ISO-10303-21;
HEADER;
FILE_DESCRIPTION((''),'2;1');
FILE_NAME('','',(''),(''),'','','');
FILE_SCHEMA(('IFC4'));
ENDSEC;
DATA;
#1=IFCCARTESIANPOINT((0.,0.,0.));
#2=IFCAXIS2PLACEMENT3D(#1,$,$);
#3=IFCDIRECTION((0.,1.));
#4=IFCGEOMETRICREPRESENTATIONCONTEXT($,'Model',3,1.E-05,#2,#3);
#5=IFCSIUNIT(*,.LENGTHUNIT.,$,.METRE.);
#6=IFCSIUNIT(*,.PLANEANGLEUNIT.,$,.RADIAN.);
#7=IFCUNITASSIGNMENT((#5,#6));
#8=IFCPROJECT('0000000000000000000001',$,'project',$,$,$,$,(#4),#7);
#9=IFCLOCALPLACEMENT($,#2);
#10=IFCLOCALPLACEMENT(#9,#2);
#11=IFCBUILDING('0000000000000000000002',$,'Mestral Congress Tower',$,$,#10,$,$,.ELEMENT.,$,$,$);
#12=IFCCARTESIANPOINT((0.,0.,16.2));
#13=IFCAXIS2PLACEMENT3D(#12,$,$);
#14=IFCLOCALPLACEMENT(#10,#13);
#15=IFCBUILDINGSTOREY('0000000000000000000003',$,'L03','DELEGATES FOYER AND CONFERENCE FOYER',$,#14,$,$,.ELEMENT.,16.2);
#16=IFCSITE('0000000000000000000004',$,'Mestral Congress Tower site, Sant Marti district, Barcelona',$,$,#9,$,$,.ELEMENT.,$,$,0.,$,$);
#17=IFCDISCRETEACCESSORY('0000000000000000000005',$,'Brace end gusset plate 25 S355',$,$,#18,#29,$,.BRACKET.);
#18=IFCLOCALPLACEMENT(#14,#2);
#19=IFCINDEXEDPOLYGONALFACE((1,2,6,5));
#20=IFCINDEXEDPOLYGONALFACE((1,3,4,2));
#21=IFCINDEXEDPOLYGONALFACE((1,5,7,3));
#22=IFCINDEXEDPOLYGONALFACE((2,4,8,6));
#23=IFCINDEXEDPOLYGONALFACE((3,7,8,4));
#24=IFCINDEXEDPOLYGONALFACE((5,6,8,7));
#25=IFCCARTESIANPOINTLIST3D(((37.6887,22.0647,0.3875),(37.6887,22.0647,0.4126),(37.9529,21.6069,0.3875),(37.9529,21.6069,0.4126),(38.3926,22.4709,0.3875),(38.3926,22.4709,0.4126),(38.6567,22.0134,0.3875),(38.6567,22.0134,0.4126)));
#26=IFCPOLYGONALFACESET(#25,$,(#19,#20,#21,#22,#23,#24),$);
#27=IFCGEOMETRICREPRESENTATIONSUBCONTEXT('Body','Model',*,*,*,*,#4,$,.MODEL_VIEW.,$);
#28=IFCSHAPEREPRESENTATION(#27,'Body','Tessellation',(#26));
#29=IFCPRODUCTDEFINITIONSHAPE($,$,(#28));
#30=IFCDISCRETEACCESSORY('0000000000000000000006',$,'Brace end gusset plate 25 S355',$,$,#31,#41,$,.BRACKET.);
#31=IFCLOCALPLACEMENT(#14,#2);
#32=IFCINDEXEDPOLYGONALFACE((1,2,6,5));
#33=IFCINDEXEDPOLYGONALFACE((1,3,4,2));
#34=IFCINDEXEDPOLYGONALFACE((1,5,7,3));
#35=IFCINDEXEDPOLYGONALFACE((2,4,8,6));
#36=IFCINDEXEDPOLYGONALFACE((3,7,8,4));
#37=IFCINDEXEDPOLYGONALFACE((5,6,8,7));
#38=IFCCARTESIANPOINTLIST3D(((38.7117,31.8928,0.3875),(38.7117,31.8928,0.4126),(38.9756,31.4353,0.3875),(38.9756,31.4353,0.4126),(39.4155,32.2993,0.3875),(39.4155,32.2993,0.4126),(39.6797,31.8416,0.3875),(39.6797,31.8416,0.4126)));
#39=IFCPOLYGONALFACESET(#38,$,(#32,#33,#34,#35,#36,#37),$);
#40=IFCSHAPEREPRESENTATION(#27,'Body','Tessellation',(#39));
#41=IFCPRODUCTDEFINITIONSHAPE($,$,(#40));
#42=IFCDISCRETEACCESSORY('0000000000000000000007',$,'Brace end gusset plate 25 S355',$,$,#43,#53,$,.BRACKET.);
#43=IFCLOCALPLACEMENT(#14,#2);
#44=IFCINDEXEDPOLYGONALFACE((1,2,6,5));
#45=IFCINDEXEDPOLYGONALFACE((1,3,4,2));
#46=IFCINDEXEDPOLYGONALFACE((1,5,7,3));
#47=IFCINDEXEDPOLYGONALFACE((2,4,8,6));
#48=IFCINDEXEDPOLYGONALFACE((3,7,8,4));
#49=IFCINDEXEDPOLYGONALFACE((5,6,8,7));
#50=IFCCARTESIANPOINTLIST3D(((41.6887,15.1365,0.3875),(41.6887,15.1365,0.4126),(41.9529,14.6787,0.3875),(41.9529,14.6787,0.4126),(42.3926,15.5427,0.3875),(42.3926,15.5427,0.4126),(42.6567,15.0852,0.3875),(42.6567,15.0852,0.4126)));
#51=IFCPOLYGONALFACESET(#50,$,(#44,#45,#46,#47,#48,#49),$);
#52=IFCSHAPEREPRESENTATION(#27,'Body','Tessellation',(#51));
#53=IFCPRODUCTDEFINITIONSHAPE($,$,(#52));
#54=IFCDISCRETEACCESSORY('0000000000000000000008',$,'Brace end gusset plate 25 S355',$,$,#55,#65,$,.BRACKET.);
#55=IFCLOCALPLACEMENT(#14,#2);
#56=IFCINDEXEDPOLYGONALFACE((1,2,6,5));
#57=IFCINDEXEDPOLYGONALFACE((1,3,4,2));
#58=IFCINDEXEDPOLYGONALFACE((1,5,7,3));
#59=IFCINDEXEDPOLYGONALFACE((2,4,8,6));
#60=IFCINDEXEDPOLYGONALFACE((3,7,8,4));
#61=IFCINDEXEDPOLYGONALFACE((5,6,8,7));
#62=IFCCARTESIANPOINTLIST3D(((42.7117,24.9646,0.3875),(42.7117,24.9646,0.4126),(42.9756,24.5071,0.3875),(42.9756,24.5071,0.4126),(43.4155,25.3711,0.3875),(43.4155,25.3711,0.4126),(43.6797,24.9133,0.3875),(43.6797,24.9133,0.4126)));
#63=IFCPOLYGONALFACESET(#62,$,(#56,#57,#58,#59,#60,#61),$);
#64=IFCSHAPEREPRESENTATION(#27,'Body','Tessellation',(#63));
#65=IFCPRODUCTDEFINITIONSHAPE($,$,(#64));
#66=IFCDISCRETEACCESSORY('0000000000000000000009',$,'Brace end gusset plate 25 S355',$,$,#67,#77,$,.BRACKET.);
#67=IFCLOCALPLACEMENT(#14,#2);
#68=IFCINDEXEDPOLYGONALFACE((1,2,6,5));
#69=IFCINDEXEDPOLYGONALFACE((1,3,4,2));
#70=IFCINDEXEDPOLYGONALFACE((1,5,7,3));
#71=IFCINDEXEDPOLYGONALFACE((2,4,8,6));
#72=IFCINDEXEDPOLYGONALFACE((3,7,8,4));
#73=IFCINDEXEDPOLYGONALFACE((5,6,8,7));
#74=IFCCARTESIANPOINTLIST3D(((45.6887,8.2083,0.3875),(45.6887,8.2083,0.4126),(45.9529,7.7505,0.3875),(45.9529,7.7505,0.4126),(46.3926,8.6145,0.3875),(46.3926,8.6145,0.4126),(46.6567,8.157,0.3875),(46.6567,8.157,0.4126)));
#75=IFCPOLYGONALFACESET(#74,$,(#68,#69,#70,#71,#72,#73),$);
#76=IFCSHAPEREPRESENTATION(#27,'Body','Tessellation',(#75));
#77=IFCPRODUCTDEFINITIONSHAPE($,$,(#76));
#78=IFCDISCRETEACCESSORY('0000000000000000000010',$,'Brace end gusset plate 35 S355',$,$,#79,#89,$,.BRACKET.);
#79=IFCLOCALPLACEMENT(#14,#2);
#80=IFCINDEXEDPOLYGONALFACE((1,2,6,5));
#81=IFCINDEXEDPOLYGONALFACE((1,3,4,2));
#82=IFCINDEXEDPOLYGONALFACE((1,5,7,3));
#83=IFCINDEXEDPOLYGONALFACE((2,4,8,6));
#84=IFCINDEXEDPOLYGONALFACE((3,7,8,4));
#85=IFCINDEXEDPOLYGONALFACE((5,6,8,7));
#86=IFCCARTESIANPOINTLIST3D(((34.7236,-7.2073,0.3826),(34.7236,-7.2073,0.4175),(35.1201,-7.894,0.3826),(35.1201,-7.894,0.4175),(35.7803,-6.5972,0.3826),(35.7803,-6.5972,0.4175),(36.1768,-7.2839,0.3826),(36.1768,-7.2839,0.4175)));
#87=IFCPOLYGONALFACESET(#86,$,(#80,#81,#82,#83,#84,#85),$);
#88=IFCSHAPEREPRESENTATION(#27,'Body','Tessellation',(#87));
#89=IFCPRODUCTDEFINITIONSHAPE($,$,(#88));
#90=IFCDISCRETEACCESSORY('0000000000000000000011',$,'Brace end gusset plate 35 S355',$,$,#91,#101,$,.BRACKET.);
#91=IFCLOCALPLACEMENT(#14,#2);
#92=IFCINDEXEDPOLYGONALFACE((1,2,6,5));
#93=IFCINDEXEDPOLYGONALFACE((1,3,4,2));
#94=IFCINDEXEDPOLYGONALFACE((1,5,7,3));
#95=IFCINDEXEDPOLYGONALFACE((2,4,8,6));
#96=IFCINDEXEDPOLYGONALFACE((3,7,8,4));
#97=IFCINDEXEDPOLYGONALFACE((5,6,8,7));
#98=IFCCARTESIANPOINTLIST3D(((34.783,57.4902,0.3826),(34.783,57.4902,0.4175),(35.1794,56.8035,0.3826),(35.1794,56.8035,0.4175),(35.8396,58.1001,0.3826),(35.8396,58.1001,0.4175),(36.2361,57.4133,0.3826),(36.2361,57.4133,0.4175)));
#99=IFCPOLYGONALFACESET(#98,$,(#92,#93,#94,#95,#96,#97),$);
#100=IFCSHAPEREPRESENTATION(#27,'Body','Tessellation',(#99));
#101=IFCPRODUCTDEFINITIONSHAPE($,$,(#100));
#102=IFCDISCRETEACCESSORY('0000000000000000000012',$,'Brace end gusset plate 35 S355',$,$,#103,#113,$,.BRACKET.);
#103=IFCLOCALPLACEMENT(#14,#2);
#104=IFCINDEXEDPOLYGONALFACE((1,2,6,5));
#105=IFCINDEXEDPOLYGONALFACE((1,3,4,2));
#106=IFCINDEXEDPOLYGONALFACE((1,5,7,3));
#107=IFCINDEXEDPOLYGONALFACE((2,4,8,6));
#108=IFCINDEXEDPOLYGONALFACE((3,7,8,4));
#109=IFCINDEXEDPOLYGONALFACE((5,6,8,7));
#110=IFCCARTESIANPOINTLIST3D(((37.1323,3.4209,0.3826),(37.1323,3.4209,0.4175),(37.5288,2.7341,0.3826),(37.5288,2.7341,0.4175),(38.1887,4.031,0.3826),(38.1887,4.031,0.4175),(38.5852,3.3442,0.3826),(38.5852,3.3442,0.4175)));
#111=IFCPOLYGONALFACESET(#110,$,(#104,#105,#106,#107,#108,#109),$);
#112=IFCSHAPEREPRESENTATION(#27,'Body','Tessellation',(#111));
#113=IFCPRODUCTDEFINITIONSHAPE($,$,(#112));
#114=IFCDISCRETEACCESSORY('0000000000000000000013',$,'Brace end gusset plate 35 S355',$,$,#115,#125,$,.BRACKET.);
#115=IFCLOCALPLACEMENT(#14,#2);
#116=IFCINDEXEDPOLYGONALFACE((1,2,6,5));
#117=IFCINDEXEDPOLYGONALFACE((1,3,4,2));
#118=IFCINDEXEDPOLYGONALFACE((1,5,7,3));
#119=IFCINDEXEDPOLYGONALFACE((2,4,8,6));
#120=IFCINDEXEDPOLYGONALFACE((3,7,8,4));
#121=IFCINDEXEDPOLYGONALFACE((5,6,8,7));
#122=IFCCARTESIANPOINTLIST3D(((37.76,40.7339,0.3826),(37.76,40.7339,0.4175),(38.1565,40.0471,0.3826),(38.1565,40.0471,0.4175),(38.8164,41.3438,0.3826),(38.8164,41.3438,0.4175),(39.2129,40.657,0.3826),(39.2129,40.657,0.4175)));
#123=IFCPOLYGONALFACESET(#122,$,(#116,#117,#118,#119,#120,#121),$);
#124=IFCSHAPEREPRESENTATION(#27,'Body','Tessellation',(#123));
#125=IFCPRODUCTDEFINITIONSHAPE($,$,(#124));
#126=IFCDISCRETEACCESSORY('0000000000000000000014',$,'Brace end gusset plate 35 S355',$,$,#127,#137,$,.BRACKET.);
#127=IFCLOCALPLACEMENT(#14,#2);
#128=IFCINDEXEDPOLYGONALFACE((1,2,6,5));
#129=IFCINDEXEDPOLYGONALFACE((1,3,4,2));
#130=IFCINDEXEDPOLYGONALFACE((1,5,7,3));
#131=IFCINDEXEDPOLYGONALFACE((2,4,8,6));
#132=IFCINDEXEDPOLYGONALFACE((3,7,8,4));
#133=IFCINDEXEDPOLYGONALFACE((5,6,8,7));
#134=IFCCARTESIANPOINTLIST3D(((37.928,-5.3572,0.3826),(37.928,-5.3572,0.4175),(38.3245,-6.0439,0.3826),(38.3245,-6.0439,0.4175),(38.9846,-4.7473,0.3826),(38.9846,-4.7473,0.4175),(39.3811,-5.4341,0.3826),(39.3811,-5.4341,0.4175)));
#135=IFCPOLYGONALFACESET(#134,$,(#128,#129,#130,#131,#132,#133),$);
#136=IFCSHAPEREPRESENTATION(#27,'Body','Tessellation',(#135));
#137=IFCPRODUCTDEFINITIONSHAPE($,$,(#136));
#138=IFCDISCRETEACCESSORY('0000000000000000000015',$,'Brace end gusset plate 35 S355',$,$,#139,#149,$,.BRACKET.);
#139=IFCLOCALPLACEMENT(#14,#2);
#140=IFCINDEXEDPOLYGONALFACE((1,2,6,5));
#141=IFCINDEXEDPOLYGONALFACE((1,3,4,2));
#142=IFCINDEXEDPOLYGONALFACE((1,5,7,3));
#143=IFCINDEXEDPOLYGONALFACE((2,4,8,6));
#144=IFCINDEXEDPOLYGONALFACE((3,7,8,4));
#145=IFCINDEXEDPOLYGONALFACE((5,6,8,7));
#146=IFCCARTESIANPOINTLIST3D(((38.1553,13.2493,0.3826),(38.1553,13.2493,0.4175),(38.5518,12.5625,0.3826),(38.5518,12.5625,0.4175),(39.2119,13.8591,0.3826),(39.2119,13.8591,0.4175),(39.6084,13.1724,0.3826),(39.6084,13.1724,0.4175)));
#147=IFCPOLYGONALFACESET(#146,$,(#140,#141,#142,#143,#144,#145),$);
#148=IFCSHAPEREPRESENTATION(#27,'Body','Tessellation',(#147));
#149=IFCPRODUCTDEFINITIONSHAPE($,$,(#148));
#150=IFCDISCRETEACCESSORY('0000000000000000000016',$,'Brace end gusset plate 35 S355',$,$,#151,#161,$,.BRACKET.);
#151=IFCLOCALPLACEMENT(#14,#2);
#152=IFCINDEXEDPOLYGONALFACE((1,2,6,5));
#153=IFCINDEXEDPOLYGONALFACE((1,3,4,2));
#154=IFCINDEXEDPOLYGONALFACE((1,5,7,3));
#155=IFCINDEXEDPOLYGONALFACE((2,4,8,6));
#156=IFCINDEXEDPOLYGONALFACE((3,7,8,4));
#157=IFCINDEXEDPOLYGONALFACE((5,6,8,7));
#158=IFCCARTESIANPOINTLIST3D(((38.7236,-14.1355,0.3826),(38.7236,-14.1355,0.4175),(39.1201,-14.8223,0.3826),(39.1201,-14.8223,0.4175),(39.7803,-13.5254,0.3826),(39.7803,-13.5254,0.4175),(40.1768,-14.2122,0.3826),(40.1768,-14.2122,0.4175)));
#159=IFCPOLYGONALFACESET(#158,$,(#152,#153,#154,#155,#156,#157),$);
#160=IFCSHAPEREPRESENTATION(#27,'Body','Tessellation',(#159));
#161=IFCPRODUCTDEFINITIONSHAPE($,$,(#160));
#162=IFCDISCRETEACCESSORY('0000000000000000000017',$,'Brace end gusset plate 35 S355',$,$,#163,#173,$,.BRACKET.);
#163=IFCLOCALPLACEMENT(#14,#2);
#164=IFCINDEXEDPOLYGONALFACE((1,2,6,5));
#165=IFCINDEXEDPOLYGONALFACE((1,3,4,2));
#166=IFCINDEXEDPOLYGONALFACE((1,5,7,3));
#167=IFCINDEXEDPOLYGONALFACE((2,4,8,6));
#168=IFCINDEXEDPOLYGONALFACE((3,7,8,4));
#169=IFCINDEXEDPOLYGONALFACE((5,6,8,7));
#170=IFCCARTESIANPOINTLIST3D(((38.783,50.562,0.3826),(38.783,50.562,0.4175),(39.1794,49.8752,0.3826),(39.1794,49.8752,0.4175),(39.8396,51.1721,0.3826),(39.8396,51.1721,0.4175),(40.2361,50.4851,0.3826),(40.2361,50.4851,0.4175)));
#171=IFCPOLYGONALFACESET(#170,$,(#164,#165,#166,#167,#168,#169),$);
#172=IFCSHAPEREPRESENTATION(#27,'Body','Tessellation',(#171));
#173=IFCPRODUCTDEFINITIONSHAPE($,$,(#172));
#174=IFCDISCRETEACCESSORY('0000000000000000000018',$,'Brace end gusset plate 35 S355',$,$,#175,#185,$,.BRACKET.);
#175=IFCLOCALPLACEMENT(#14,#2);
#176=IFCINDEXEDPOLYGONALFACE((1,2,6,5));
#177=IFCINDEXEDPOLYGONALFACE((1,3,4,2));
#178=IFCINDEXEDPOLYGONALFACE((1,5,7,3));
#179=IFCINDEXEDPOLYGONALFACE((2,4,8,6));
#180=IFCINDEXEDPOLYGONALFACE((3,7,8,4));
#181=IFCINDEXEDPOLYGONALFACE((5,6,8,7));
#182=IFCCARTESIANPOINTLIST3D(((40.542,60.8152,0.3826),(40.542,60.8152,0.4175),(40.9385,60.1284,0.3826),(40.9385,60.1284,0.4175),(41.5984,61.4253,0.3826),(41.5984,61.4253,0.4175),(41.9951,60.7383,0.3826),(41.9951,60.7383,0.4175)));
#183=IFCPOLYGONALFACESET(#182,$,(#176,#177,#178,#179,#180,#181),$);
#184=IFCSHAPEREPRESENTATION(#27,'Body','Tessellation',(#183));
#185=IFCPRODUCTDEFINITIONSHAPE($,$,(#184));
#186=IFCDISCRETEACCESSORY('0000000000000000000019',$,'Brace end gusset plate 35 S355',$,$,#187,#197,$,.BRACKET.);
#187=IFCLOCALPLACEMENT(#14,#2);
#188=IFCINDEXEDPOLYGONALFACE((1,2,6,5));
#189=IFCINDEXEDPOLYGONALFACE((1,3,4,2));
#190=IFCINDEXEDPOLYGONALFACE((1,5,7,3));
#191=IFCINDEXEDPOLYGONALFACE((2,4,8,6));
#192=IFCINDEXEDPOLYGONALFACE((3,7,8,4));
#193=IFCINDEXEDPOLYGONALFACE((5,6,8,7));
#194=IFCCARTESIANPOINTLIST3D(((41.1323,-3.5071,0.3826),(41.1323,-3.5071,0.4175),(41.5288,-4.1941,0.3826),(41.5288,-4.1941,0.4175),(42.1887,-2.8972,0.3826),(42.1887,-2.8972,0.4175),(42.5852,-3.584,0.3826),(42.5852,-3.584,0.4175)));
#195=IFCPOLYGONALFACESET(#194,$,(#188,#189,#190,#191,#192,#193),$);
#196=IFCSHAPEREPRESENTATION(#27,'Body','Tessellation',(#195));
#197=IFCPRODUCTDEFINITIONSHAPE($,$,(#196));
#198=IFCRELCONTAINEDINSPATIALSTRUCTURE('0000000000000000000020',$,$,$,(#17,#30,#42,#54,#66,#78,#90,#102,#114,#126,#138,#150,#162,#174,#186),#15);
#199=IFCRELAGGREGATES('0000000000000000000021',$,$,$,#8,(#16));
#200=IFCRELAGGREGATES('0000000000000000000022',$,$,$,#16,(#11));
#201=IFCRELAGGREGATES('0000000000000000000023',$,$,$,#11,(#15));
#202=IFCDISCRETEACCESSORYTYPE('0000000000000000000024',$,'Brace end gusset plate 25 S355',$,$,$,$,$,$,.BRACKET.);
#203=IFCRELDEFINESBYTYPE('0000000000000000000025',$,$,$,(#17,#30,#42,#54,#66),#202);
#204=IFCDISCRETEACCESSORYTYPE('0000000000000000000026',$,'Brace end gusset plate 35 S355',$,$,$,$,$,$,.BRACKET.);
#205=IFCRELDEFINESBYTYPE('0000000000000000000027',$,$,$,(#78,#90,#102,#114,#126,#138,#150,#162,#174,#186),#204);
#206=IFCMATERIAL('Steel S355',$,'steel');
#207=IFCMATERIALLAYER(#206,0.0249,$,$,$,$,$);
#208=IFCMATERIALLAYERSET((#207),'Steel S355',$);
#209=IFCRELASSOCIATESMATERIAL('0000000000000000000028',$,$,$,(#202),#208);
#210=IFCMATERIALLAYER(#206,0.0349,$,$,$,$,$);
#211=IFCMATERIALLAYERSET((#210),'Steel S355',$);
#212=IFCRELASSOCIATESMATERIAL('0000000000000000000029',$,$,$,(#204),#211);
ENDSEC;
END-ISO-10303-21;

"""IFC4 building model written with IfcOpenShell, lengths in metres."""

from ifc_helpers import new_model, si_unit, direction, frame, origin, place, context, subcontext, project, spatial, polyline, outline, extrude, material, layer, layer_set, type_object, element, save


model = new_model("IFC4")

# Units and contexts
model_context = context("Model", 3, precision=1e-05, world=origin(), true_north=direction((0.0, 1.0)))
body_context = subcontext(model_context, "Body", "Model", "MODEL_VIEW")
ifc_project = project(units=[si_unit("LENGTHUNIT", "METRE"), si_unit("PLANEANGLEUNIT", "RADIAN")], contexts=[model_context])

# Site, building, storey
site_placement = place(None, origin())
site = spatial("IfcSite", under=ifc_project, at=site_placement, Name="Mestral Congress Tower site, Sant Marti district, Barcelona", CompositionType="ELEMENT", RefElevation=0.0)
building_placement = place(site_placement, origin())
building = spatial("IfcBuilding", under=site, at=building_placement, Name="Mestral Congress Tower", CompositionType="ELEMENT")
storey_placement = place(building_placement, frame((0.0, 0.0, 16.2)))
storey = spatial("IfcBuildingStorey", under=building, at=storey_placement, Name="L03", Description="DELEGATES FOYER AND CONFERENCE FOYER", CompositionType="ELEMENT", Elevation=16.2)

# Discrete accessories
ifc_material = material(Name="Steel S355", Category="steel")
ifc_layer_1 = layer(ifc_material, 0.0249)
ifc_layer_set_1 = layer_set([ifc_layer_1], Name="Steel S355")
discrete_accessory_type_1 = type_object("IfcDiscreteAccessoryType", Name="Brace end gusset plate 25 S355", PredefinedType="BRACKET", material=ifc_layer_set_1)
placement_1 = place(storey_placement, frame((0.0, 0.0, 0.3875)))
element("IfcDiscreteAccessory", 1, at=placement_1, inside=storey, type_object=discrete_accessory_type_1, Name="Brace end gusset plate 25 S355", PredefinedType="BRACKET", context=body_context, shape_type="SweptSolid", body=[
    extrude(outline(polyline([(38.3926, 22.4709), (37.6887, 22.0647), (37.9529, 21.6069), (38.6567, 22.0134), (38.3926, 22.4709)])), origin(), (0.0, 0.0, 1.0), 0.0251),
])
element("IfcDiscreteAccessory", 2, at=placement_1, inside=storey, type_object=discrete_accessory_type_1, Name="Brace end gusset plate 25 S355", PredefinedType="BRACKET", context=body_context, shape_type="SweptSolid", body=[
    extrude(outline(polyline([(39.4155, 32.2993), (38.7117, 31.8928), (38.9756, 31.4353), (39.6797, 31.8416), (39.4155, 32.2993)])), origin(), (0.0, 0.0, 1.0), 0.0251),
])
element("IfcDiscreteAccessory", 3, at=placement_1, inside=storey, type_object=discrete_accessory_type_1, Name="Brace end gusset plate 25 S355", PredefinedType="BRACKET", context=body_context, shape_type="SweptSolid", body=[
    extrude(outline(polyline([(42.3926, 15.5427), (41.6887, 15.1365), (41.9529, 14.6787), (42.6567, 15.0852), (42.3926, 15.5427)])), origin(), (0.0, 0.0, 1.0), 0.0251),
])
element("IfcDiscreteAccessory", 4, at=placement_1, inside=storey, type_object=discrete_accessory_type_1, Name="Brace end gusset plate 25 S355", PredefinedType="BRACKET", context=body_context, shape_type="SweptSolid", body=[
    extrude(outline(polyline([(43.4155, 25.3711), (42.7117, 24.9646), (42.9756, 24.5071), (43.6797, 24.9133), (43.4155, 25.3711)])), origin(), (0.0, 0.0, 1.0), 0.0251),
])
element("IfcDiscreteAccessory", 5, at=placement_1, inside=storey, type_object=discrete_accessory_type_1, Name="Brace end gusset plate 25 S355", PredefinedType="BRACKET", context=body_context, shape_type="SweptSolid", body=[
    extrude(outline(polyline([(46.3926, 8.6145), (45.6887, 8.2083), (45.9529, 7.7505), (46.6567, 8.157), (46.3926, 8.6145)])), origin(), (0.0, 0.0, 1.0), 0.0251),
])
ifc_layer_2 = layer(ifc_material, 0.0349)
ifc_layer_set_2 = layer_set([ifc_layer_2], Name="Steel S355")
discrete_accessory_type_2 = type_object("IfcDiscreteAccessoryType", Name="Brace end gusset plate 35 S355", PredefinedType="BRACKET", material=ifc_layer_set_2)
placement_2 = place(storey_placement, frame((0.0, 0.0, 0.3826)))
element("IfcDiscreteAccessory", 6, at=placement_2, inside=storey, type_object=discrete_accessory_type_2, Name="Brace end gusset plate 35 S355", PredefinedType="BRACKET", context=body_context, shape_type="SweptSolid", body=[
    extrude(outline(polyline([(35.1201, -7.894), (36.1768, -7.2839), (35.7803, -6.5972), (34.7236, -7.2073), (35.1201, -7.894)])), origin(), (0.0, 0.0, 1.0), 0.0349),
])
element("IfcDiscreteAccessory", 7, at=placement_2, inside=storey, type_object=discrete_accessory_type_2, Name="Brace end gusset plate 35 S355", PredefinedType="BRACKET", context=body_context, shape_type="SweptSolid", body=[
    extrude(outline(polyline([(35.8396, 58.1001), (34.783, 57.4902), (35.1794, 56.8035), (36.2361, 57.4133), (35.8396, 58.1001)])), origin(), (0.0, 0.0, 1.0), 0.0349),
])
element("IfcDiscreteAccessory", 8, at=placement_2, inside=storey, type_object=discrete_accessory_type_2, Name="Brace end gusset plate 35 S355", PredefinedType="BRACKET", context=body_context, shape_type="SweptSolid", body=[
    extrude(outline(polyline([(38.1887, 4.031), (37.1323, 3.4209), (37.5288, 2.7341), (38.5852, 3.3442), (38.1887, 4.031)])), origin(), (0.0, 0.0, 1.0), 0.0349),
])
element("IfcDiscreteAccessory", 9, at=placement_2, inside=storey, type_object=discrete_accessory_type_2, Name="Brace end gusset plate 35 S355", PredefinedType="BRACKET", context=body_context, shape_type="SweptSolid", body=[
    extrude(outline(polyline([(38.1565, 40.0471), (39.2129, 40.657), (38.8164, 41.3438), (37.76, 40.7339), (38.1565, 40.0471)])), origin(), (0.0, 0.0, 1.0), 0.0349),
])
element("IfcDiscreteAccessory", 10, at=placement_2, inside=storey, type_object=discrete_accessory_type_2, Name="Brace end gusset plate 35 S355", PredefinedType="BRACKET", context=body_context, shape_type="SweptSolid", body=[
    extrude(outline(polyline([(38.9846, -4.7473), (37.928, -5.3572), (38.3245, -6.0439), (39.3811, -5.4341), (38.9846, -4.7473)])), origin(), (0.0, 0.0, 1.0), 0.0349),
])
element("IfcDiscreteAccessory", 11, at=placement_2, inside=storey, type_object=discrete_accessory_type_2, Name="Brace end gusset plate 35 S355", PredefinedType="BRACKET", context=body_context, shape_type="SweptSolid", body=[
    extrude(outline(polyline([(39.2119, 13.8591), (38.1553, 13.2493), (38.5518, 12.5625), (39.6084, 13.1724), (39.2119, 13.8591)])), origin(), (0.0, 0.0, 1.0), 0.0349),
])
element("IfcDiscreteAccessory", 12, at=placement_2, inside=storey, type_object=discrete_accessory_type_2, Name="Brace end gusset plate 35 S355", PredefinedType="BRACKET", context=body_context, shape_type="SweptSolid", body=[
    extrude(outline(polyline([(39.1201, -14.8223), (40.1768, -14.2122), (39.7803, -13.5254), (38.7236, -14.1355), (39.1201, -14.8223)])), origin(), (0.0, 0.0, 1.0), 0.0349),
])
element("IfcDiscreteAccessory", 13, at=placement_2, inside=storey, type_object=discrete_accessory_type_2, Name="Brace end gusset plate 35 S355", PredefinedType="BRACKET", context=body_context, shape_type="SweptSolid", body=[
    extrude(outline(polyline([(39.8396, 51.1721), (38.783, 50.562), (39.1794, 49.8752), (40.2361, 50.4851), (39.8396, 51.1721)])), origin(), (0.0, 0.0, 1.0), 0.0349),
])
element("IfcDiscreteAccessory", 14, at=placement_2, inside=storey, type_object=discrete_accessory_type_2, Name="Brace end gusset plate 35 S355", PredefinedType="BRACKET", context=body_context, shape_type="SweptSolid", body=[
    extrude(outline(polyline([(41.5984, 61.4253), (40.542, 60.8152), (40.9385, 60.1284), (41.9951, 60.7383), (41.5984, 61.4253)])), origin(), (0.0, 0.0, 1.0), 0.0349),
])
element("IfcDiscreteAccessory", 15, at=placement_2, inside=storey, type_object=discrete_accessory_type_2, Name="Brace end gusset plate 35 S355", PredefinedType="BRACKET", context=body_context, shape_type="SweptSolid", body=[
    extrude(outline(polyline([(42.1887, -2.8972), (41.1323, -3.5071), (41.5288, -4.1941), (42.5852, -3.584), (42.1887, -2.8972)])), origin(), (0.0, 0.0, 1.0), 0.0349),
])

save(model, "model.ifc")
